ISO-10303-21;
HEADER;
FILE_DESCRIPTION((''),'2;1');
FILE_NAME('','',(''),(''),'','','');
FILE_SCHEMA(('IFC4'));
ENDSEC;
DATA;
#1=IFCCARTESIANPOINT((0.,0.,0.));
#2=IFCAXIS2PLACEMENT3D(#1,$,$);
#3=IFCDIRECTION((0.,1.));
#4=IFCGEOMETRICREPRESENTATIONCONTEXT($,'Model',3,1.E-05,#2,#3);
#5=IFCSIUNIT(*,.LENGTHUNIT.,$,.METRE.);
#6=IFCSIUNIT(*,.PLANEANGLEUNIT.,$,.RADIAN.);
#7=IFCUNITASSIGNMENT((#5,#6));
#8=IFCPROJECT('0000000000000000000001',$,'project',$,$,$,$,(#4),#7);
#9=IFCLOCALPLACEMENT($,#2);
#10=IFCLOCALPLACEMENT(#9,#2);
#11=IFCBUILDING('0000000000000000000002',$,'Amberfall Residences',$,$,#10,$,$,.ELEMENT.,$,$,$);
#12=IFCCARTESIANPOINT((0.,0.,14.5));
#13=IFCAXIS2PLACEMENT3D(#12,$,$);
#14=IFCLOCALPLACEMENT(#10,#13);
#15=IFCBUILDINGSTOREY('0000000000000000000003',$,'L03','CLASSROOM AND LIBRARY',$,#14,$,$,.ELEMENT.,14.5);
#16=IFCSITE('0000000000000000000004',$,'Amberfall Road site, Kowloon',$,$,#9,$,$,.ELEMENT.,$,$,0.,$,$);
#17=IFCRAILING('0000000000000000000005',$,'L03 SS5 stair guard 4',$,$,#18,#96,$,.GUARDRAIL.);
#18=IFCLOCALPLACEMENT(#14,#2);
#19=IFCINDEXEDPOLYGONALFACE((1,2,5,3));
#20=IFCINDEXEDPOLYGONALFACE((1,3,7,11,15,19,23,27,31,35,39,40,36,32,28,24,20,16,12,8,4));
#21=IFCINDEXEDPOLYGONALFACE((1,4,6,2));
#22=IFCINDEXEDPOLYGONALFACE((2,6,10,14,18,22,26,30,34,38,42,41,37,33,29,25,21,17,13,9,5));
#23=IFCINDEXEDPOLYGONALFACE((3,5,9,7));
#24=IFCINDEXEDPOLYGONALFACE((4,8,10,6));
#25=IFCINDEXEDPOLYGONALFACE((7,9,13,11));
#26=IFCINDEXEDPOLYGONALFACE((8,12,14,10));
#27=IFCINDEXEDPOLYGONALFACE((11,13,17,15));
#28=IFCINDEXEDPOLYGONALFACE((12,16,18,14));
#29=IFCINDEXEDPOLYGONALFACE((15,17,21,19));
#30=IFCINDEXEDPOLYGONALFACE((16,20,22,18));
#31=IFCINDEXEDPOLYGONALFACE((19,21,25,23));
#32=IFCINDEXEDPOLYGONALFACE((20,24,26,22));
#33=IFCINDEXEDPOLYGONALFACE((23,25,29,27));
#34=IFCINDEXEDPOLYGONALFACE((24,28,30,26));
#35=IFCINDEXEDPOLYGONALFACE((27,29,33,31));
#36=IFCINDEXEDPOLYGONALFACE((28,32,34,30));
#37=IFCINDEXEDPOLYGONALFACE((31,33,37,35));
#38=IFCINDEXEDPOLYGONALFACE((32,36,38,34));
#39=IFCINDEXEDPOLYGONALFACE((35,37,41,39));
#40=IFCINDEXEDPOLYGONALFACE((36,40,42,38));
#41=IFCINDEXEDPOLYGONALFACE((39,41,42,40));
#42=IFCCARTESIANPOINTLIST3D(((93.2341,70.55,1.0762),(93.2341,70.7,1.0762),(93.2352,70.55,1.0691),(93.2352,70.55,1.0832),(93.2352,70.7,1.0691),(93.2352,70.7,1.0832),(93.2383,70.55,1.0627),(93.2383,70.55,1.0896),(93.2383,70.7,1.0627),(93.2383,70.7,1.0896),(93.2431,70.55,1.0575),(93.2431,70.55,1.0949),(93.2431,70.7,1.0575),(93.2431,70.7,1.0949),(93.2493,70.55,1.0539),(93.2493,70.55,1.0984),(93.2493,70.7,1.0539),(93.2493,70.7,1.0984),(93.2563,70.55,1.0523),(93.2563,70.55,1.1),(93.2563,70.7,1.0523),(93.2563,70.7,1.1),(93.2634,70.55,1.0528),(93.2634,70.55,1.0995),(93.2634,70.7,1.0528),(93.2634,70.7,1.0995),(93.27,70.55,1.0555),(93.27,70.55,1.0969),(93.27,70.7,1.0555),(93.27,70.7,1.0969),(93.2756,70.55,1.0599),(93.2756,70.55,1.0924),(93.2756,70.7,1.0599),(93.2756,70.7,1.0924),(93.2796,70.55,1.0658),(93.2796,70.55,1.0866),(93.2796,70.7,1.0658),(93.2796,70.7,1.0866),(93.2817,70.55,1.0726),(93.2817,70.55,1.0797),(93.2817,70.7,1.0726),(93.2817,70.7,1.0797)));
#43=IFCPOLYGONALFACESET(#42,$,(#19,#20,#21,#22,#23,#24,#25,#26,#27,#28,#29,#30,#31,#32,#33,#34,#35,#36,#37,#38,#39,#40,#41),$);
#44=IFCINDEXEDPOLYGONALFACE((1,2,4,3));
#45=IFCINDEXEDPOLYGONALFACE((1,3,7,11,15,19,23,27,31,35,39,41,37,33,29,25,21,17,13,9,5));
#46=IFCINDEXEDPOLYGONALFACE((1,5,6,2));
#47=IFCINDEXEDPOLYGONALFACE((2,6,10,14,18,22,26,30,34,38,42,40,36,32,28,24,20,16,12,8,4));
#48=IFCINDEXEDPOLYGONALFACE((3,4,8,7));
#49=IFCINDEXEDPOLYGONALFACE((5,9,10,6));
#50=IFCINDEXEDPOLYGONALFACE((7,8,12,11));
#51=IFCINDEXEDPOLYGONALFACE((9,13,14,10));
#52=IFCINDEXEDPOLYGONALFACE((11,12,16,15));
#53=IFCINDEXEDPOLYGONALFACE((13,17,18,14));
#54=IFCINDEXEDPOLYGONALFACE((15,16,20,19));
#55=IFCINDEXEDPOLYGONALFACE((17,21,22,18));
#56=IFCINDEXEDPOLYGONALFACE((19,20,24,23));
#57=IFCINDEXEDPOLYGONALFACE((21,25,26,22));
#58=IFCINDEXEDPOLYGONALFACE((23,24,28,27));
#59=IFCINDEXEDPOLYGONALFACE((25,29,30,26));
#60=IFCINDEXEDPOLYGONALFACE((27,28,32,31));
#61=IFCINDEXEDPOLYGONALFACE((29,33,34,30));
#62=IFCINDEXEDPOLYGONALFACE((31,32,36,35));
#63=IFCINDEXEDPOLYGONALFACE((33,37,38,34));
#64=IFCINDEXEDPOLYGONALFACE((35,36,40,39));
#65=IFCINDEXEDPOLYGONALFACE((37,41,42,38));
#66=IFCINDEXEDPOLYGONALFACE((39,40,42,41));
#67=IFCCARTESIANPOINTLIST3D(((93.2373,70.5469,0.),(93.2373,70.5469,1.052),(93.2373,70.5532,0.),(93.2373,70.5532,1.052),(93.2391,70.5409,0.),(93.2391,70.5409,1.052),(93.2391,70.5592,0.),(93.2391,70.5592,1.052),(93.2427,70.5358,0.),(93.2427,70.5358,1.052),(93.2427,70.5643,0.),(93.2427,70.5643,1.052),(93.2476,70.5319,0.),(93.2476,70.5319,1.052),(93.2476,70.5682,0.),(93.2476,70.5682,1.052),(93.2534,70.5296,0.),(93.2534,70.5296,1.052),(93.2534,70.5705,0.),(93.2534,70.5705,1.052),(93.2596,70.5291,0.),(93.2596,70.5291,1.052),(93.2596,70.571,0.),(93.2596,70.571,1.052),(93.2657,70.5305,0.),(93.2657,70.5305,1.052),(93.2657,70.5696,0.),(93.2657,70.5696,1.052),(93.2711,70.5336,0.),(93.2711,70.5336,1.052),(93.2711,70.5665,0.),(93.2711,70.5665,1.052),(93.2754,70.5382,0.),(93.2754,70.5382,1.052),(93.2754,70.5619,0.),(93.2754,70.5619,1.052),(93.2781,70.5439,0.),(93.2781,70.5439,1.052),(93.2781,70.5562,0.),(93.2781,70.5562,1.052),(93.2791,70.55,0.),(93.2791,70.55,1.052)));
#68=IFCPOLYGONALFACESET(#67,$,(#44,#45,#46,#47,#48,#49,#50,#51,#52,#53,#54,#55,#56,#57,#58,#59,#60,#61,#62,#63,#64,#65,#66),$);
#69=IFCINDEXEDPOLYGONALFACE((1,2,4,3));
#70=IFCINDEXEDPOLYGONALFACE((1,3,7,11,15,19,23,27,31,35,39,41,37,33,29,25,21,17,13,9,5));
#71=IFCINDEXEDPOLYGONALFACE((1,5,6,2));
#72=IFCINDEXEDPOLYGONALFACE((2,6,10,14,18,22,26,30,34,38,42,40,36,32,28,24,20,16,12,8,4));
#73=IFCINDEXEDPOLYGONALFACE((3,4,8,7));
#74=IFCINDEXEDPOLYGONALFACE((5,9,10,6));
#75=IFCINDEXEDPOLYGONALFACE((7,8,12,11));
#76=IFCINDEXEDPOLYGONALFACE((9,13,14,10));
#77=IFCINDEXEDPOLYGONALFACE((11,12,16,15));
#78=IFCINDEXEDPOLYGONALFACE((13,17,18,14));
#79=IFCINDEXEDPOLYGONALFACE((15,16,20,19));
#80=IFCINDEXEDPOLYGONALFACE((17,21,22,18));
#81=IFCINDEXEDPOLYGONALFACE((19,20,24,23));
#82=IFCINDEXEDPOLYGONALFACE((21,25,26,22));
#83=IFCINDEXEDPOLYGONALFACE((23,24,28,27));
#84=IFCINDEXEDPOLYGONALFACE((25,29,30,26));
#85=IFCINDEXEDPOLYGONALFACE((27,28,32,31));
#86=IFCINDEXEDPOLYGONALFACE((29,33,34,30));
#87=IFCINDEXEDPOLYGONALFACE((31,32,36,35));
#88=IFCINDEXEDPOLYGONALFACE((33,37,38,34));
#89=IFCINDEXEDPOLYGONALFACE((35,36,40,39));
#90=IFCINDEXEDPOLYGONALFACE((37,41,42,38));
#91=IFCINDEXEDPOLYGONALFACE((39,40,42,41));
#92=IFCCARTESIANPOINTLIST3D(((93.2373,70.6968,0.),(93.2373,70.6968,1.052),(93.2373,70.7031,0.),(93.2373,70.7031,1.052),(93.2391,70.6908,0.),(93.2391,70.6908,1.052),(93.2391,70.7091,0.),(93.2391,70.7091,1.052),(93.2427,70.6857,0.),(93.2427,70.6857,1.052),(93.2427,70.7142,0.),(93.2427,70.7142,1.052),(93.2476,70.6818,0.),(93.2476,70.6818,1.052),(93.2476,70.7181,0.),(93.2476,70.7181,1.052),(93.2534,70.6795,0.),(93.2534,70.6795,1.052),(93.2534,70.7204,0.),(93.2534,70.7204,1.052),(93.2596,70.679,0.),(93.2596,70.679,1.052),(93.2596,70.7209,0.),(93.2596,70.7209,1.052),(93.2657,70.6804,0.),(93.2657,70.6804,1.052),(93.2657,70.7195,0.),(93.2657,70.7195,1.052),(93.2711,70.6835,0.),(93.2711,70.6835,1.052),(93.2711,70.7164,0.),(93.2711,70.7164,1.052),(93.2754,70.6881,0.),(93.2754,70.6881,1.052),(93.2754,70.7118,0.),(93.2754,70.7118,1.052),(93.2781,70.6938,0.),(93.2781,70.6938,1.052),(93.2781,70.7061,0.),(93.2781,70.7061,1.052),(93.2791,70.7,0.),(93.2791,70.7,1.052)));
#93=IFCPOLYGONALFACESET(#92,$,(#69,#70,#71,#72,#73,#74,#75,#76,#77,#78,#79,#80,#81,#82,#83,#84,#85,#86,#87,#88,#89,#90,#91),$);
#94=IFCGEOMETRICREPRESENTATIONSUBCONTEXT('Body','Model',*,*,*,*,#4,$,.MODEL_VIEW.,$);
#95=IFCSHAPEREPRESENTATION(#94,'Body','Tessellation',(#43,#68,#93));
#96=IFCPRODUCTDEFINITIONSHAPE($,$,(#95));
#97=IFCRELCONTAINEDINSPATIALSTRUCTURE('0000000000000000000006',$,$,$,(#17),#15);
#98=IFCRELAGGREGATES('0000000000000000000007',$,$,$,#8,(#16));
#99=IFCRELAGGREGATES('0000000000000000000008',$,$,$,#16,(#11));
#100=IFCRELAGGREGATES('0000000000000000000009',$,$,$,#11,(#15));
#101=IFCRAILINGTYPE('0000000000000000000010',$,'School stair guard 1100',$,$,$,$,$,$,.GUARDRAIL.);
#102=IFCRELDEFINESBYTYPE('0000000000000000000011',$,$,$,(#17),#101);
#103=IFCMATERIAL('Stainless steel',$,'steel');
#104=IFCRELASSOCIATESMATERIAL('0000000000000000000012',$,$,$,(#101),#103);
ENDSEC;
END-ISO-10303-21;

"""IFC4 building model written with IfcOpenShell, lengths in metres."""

from ifc_helpers import new_model, si_unit, direction, frame, origin, origin_2d, place, context, subcontext, project, spatial, circle, extrude, material, type_object, element, save


model = new_model("IFC4")

# Units and contexts
model_context = context("Model", 3, precision=1e-05, world=origin(), true_north=direction((0.0, 1.0)))
body_context = subcontext(model_context, "Body", "Model", "MODEL_VIEW")
ifc_project = project(units=[si_unit("LENGTHUNIT", "METRE"), si_unit("PLANEANGLEUNIT", "RADIAN")], contexts=[model_context])

# Site, building, storey
site_placement = place(None, origin())
site = spatial("IfcSite", under=ifc_project, at=site_placement, Name="Amberfall Road site, Kowloon", CompositionType="ELEMENT", RefElevation=0.0)
building_placement = place(site_placement, origin())
building = spatial("IfcBuilding", under=site, at=building_placement, Name="Amberfall Residences", CompositionType="ELEMENT")
storey_placement = place(building_placement, frame((0.0, 0.0, 14.5)))
storey = spatial("IfcBuildingStorey", under=building, at=storey_placement, Name="L03", Description="CLASSROOM AND LIBRARY", CompositionType="ELEMENT", Elevation=14.5)

# Railing
ifc_material_1 = material(Name="Stainless steel", Category="steel")
railing_type_1 = type_object("IfcRailingType", Name="School stair guard 1100", PredefinedType="GUARDRAIL", material=ifc_material_1)
railing_1_placement = place(storey_placement, frame((93.2581, 70.55, 0.0)))
element("IfcRailing", 1, at=railing_1_placement, inside=storey, type_object=railing_type_1, Name="L03 SS5 stair guard 4", PredefinedType="GUARDRAIL", context=body_context, shape_type="SweptSolid", body=[
    extrude(circle(Radius=0.0239, at=origin_2d()), frame((0.0, 0.0, 1.0762), z_axis=(0.0, 1.0, 0.0), x_axis=(-1.0, 0.0, 0.0)), (0.0, 0.0, 1.0), 0.1499),
    extrude(circle(Radius=0.021, at=origin_2d()), origin(), (0.0, 0.0, 1.0), 1.052),
    extrude(circle(Radius=0.021, at=origin_2d()), frame((0.0, 0.1499, 0.0)), (0.0, 0.0, 1.0), 1.052),
])

save(model, "model.ifc")
